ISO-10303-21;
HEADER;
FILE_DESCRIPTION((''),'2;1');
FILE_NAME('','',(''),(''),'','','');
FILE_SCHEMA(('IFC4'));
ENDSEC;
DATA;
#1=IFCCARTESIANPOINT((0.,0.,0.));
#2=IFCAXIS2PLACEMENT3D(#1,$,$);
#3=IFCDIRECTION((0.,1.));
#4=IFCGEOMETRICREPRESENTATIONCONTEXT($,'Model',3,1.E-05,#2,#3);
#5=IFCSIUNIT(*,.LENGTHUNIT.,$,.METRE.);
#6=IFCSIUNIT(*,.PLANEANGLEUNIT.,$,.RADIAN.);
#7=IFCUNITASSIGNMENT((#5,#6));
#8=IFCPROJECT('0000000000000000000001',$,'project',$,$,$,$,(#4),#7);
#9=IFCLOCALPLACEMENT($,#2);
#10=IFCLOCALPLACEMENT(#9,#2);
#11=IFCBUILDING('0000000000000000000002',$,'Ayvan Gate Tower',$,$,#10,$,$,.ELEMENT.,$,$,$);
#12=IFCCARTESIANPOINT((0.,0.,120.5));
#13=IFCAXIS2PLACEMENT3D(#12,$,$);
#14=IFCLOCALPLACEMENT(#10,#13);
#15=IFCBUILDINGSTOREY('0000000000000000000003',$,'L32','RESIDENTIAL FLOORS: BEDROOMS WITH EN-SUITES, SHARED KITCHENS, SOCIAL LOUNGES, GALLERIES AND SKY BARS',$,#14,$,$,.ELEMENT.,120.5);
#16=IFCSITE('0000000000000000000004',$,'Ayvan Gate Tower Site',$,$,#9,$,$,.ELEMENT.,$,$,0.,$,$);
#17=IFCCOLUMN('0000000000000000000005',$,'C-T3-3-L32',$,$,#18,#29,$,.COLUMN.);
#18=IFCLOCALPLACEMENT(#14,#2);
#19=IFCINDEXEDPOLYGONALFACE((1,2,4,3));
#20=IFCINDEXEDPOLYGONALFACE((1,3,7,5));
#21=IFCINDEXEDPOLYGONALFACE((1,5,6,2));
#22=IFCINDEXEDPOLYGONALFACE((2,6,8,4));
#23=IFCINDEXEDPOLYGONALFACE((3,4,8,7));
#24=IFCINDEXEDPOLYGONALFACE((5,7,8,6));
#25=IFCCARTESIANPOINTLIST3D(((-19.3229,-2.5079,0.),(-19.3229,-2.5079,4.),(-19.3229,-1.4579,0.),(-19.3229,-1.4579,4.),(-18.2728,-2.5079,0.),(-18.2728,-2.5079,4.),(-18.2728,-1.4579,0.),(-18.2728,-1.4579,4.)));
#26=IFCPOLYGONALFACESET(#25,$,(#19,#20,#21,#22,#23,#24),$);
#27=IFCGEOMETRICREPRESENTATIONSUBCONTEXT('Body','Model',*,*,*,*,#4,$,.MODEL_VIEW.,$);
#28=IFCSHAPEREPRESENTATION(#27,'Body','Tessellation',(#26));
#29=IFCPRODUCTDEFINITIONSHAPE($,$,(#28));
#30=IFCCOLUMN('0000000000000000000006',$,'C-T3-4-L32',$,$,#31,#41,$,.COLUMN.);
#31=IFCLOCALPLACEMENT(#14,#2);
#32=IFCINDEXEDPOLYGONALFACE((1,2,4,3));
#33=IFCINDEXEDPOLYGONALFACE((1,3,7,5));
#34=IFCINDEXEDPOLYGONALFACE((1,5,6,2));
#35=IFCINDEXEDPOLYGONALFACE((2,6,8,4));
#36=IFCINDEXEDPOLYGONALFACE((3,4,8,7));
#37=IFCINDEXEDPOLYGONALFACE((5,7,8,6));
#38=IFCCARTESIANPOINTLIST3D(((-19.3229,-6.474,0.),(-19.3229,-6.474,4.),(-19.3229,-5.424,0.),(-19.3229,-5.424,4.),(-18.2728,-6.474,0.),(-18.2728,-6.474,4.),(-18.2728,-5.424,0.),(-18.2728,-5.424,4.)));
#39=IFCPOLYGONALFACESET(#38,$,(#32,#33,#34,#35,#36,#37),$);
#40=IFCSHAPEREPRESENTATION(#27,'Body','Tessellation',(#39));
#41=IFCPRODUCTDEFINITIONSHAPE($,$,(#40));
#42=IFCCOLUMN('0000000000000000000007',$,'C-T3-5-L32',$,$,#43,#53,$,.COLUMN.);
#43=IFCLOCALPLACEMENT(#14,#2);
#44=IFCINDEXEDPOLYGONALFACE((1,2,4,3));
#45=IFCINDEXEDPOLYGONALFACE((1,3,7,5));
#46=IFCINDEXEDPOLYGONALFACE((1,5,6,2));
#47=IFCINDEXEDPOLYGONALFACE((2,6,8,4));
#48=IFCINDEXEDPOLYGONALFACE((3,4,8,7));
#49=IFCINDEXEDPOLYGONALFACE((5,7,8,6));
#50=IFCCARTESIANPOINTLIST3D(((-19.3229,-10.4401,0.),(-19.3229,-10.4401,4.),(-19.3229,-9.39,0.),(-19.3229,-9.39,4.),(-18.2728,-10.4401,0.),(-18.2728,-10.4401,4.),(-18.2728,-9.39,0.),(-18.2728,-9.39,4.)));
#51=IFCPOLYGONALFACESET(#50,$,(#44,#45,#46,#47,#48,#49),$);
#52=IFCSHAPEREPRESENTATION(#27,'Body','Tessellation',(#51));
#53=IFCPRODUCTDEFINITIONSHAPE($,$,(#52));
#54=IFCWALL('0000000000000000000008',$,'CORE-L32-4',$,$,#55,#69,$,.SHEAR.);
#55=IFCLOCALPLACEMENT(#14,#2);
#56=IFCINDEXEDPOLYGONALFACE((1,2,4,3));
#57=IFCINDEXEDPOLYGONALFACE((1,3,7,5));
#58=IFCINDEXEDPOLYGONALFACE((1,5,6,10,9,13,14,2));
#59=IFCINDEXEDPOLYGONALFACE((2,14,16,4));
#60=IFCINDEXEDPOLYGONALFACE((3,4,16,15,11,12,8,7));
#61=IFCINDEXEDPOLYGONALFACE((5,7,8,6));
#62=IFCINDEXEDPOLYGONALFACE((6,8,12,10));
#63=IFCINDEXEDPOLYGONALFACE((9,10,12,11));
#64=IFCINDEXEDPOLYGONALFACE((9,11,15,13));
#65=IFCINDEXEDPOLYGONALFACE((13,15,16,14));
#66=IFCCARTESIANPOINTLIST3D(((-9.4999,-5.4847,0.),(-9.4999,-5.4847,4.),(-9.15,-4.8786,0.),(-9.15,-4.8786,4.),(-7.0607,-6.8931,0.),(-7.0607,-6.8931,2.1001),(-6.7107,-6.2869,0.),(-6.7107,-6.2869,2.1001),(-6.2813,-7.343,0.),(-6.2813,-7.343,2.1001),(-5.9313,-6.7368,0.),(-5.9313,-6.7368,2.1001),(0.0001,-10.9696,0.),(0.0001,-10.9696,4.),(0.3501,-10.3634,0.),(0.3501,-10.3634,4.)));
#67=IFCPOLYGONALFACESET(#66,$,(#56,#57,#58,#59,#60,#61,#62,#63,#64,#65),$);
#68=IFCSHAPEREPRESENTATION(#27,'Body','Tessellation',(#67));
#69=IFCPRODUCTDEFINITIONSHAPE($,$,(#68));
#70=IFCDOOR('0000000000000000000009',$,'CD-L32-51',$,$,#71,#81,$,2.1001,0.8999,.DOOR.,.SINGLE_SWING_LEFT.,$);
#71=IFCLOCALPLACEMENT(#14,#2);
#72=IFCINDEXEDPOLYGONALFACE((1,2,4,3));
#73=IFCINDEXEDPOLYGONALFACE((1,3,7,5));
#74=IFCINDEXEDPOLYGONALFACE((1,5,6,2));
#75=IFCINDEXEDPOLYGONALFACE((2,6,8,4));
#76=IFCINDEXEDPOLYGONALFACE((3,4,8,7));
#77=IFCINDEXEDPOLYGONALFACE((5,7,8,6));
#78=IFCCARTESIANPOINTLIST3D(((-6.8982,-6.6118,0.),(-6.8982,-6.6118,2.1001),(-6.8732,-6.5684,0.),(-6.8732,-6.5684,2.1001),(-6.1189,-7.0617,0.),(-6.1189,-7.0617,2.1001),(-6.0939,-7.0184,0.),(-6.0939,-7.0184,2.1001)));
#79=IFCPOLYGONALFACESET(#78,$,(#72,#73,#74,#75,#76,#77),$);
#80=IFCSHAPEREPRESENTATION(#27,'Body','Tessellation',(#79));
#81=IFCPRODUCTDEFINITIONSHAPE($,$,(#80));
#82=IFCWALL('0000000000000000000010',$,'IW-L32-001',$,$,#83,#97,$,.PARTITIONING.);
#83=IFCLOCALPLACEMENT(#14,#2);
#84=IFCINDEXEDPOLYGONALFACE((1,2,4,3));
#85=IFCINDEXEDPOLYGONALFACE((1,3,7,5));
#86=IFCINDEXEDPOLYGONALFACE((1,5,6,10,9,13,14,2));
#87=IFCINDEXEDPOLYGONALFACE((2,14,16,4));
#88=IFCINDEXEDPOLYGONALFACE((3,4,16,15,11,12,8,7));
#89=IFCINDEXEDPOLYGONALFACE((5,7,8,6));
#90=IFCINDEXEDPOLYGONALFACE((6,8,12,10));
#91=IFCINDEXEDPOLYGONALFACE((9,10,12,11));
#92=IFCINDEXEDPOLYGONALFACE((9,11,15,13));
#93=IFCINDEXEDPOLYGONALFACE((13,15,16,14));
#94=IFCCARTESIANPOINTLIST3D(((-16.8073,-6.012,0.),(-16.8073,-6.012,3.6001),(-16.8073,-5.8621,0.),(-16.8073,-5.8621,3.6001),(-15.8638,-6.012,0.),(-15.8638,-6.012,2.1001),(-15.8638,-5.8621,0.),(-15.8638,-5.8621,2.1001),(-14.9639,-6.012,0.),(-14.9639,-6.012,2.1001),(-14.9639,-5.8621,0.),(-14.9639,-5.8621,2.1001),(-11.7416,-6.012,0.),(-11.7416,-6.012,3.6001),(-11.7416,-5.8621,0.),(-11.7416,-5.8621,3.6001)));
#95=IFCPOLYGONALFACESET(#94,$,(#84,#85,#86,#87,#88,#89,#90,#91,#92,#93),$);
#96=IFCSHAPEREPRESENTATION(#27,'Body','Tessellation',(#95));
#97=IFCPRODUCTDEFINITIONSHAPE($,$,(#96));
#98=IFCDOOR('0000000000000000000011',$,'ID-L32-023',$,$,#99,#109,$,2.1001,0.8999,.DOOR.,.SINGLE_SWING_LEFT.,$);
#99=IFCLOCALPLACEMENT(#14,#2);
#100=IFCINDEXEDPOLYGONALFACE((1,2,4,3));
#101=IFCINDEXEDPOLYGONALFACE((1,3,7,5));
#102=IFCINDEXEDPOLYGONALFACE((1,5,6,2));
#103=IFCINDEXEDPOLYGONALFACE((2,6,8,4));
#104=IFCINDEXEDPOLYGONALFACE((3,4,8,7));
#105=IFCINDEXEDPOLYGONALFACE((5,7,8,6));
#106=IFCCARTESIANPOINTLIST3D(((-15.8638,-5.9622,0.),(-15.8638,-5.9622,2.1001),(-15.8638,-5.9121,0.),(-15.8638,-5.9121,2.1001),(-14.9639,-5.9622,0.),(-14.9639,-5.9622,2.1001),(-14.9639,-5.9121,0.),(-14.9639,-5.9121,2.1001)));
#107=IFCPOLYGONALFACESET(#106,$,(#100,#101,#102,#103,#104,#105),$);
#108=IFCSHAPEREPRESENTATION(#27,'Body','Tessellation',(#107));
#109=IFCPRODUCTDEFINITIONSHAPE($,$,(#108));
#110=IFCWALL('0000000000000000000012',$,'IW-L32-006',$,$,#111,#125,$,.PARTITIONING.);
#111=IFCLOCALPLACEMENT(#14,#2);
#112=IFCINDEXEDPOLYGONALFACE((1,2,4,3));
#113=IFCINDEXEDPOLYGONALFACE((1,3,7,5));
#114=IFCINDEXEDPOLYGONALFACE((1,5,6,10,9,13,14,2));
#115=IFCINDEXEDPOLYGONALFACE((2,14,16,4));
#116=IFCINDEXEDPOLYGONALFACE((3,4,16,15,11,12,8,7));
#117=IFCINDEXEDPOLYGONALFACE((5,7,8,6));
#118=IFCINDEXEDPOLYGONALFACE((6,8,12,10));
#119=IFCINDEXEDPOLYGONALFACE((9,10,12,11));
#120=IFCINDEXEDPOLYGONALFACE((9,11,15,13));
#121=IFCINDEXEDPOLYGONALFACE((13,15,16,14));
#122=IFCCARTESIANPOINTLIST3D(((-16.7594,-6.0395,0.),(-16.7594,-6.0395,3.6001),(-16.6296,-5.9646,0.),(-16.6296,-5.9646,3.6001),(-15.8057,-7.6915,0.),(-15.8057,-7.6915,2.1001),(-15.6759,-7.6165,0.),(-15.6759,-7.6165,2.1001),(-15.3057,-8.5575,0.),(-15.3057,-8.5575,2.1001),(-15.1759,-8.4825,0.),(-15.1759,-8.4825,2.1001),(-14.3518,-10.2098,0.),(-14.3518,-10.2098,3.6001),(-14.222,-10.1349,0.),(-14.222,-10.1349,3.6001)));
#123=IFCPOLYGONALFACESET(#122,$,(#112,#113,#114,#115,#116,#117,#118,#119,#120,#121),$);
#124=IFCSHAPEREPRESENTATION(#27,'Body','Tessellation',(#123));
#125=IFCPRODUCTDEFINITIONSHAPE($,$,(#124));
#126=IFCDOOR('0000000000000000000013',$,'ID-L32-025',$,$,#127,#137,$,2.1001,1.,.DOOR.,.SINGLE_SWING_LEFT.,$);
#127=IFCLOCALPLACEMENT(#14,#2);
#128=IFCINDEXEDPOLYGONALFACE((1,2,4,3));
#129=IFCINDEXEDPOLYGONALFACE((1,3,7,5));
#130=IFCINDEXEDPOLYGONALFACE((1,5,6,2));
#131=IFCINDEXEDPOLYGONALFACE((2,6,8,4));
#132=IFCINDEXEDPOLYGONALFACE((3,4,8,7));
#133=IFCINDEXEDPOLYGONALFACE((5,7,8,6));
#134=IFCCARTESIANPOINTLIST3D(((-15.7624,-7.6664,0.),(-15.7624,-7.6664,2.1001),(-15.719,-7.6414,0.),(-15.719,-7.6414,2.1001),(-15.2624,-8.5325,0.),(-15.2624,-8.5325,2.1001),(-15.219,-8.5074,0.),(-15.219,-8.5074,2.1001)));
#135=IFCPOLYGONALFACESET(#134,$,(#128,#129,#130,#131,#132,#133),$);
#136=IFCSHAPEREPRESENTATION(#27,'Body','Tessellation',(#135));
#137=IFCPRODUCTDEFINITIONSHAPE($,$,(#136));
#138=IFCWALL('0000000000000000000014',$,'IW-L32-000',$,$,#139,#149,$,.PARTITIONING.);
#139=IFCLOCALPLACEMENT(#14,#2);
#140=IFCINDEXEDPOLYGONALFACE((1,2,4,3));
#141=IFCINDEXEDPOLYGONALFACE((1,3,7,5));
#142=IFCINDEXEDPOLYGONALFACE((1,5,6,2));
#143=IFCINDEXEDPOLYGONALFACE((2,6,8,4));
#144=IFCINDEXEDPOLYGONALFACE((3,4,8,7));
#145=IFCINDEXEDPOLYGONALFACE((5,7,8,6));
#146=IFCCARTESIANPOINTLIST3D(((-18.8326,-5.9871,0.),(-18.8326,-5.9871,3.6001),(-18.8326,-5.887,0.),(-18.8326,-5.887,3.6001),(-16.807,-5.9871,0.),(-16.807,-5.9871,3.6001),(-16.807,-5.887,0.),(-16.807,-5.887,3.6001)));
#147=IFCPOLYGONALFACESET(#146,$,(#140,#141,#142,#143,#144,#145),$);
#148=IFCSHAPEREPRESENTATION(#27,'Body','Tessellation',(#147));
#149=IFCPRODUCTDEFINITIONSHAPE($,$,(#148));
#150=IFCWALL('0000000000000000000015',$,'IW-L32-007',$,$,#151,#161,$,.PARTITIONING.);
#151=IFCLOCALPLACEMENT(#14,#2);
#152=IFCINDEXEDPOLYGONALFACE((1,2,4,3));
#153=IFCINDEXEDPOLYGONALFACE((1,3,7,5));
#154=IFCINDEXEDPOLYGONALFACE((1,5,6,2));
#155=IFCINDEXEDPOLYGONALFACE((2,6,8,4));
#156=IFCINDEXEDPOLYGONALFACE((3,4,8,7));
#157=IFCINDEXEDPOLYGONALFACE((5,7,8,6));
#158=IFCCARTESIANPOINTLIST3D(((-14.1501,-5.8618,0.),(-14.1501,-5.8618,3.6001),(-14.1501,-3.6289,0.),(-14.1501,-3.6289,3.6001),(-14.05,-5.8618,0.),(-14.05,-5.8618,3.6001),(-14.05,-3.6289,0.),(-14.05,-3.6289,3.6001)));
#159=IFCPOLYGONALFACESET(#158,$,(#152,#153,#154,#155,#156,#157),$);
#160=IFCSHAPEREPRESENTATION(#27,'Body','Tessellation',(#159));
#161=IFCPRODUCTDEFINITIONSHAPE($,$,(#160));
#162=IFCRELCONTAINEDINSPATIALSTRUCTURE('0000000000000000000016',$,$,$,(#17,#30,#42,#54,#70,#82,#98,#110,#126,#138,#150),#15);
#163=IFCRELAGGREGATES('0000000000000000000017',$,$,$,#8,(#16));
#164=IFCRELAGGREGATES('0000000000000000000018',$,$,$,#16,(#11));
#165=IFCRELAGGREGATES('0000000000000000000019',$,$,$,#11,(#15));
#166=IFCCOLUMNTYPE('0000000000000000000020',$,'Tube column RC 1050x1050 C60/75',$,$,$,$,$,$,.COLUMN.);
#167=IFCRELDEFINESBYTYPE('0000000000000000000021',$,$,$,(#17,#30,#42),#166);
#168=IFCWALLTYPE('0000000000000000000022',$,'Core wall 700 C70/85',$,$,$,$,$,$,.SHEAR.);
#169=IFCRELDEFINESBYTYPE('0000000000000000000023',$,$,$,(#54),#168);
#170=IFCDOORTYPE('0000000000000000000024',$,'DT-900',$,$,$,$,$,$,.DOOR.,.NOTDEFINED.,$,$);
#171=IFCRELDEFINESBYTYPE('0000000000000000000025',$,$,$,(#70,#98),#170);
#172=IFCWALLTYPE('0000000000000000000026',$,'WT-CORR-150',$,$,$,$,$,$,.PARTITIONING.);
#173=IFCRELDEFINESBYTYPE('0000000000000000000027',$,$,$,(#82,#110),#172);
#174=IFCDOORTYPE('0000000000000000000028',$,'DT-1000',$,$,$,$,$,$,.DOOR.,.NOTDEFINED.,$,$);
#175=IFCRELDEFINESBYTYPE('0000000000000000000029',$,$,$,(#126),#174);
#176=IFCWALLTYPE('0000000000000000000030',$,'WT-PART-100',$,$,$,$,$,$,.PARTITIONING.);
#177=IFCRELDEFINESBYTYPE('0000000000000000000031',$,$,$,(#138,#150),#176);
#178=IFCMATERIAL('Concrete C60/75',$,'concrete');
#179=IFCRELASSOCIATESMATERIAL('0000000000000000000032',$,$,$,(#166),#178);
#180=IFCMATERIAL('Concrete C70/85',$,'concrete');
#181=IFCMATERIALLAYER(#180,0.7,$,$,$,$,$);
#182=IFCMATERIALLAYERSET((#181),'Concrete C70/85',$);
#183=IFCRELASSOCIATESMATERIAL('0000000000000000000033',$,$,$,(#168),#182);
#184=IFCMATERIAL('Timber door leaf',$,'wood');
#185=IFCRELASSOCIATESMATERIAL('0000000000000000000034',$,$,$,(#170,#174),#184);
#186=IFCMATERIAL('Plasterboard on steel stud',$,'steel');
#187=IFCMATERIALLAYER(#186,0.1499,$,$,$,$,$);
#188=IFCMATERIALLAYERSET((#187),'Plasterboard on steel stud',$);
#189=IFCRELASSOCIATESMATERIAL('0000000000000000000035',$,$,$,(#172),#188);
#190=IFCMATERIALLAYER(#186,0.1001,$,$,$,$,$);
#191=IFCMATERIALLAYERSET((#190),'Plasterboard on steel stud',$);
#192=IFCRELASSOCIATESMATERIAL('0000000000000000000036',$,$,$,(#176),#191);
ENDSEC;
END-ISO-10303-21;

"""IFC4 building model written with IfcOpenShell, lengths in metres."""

from ifc_helpers import new_model, si_unit, direction, frame, frame_2d, origin, origin_2d, place, context, subcontext, project, spatial, rectangle, extrude, material, layer, layer_set, material_profile, profile_set, type_object, element, fill, save


model = new_model("IFC4")

# Units and contexts
model_context = context("Model", 3, precision=1e-05, world=origin(), true_north=direction((0.0, 1.0)))
body_context = subcontext(model_context, "Body", "Model", "MODEL_VIEW")
ifc_project = project(units=[si_unit("LENGTHUNIT", "METRE"), si_unit("PLANEANGLEUNIT", "RADIAN")], contexts=[model_context])

# Site, building, storey
site_placement = place(None, origin())
site = spatial("IfcSite", under=ifc_project, at=site_placement, Name="Ayvan Gate Tower Site", CompositionType="ELEMENT", RefElevation=0.0)
building_placement = place(site_placement, origin())
building = spatial("IfcBuilding", under=site, at=building_placement, Name="Ayvan Gate Tower", CompositionType="ELEMENT")
storey_placement = place(building_placement, frame((0.0, 0.0, 120.5)))
storey = spatial("IfcBuildingStorey", under=building, at=storey_placement, Name="L32", Description="RESIDENTIAL FLOORS: BEDROOMS WITH EN-SUITES, SHARED KITCHENS, SOCIAL LOUNGES, GALLERIES AND SKY BARS", CompositionType="ELEMENT", Elevation=120.5)

# Columns
ifc_material_1 = material(Name="Concrete C60/75", Category="concrete")
ifc_material_profile = material_profile(ifc_material_1, rectangle(XDim=1.05, YDim=1.05, at=origin_2d()), Name="RC 1050x1050")
ifc_profile_set = profile_set([ifc_material_profile], Name="Concrete C60/75")
column_type = type_object("IfcColumnType", Name="Tube column RC 1050x1050 C60/75", PredefinedType="COLUMN", material=ifc_profile_set)
for number, where, z_axis, x_axis, name in (
    (1, (-18.7979, -1.9829, 0.0), (0.0, 0.0, 1.0), (-1.0, 0.0, 0.0), "C-T3-3-L32"),
    (2, (-18.7979, -5.949, 0.0), (0.0, 0.0, 1.0), (-1.0, 0.0, 0.0), "C-T3-4-L32"),
    (3, (-18.7979, -9.915, 0.0), (0.0, 0.0, 1.0), (-1.0, 0.0, 0.0), "C-T3-5-L32"),
):
    element("IfcColumn", number, at=place(storey_placement, frame(where, z_axis=z_axis, x_axis=x_axis)), inside=storey, type_object=column_type, Name=name, PredefinedType="COLUMN", context=body_context, shape_type="SweptSolid", body=[
        extrude(rectangle(XDim=1.05, YDim=1.05, at=origin_2d()), origin(), (0.0, 0.0, 1.0), 4.0),
    ])

# Walls, openings, doors
ifc_material_2 = material(Name="Concrete C70/85", Category="concrete")
ifc_layer_1 = layer(ifc_material_2, 0.7)
ifc_layer_set_1 = layer_set([ifc_layer_1], Name="Concrete C70/85")
wall_type_1 = type_object("IfcWallType", Name="Core wall 700 C70/85", PredefinedType="SHEAR", material=ifc_layer_set_1)
wall_1_placement = place(storey_placement, frame((-9.325, -5.1816, 0.0), z_axis=(0.0, 0.0, 1.0), x_axis=(0.866024, -0.500002, 0.0)))
wall_1 = element("IfcWall", 4, at=wall_1_placement, inside=storey, type_object=wall_type_1, Name="CORE-L32-4", PredefinedType="SHEAR", context=body_context, shape_type="SweptSolid", body=[
    extrude(rectangle(XDim=10.9697, YDim=0.7, at=frame_2d((5.4849, 0.0))), origin(), (0.0, 0.0, 1.0), 4.0),
])
opening_1_placement = place(wall_1_placement, frame((2.8167, 0.0, 0.0)))
opening_1 = element("IfcOpeningElement", 5, at=opening_1_placement, cuts=wall_1, PredefinedType="OPENING", context=body_context, shape_type="SweptSolid", body=[
    extrude(rectangle(XDim=0.8999, YDim=2.1001, at=frame_2d((0.45, 1.05))), frame((0.0, 0.3599, 0.0), z_axis=(0.0, -1.0, 0.0), x_axis=(1.0, 0.0, 0.0)), (0.0, 0.0, 1.0), 0.72),
])
ifc_material_3 = material(Name="Timber door leaf", Category="wood")
door_type_1 = type_object("IfcDoorType", Name="DT-900", OperationType="NOTDEFINED", PredefinedType="DOOR", material=ifc_material_3)
door_1_placement = place(opening_1_placement, origin())
door_1 = element("IfcDoor", 6, at=door_1_placement, inside=storey, type_object=door_type_1, Name="CD-L32-51", OperationType="SINGLE_SWING_LEFT", OverallHeight=2.1001, OverallWidth=0.8999, PredefinedType="DOOR", context=body_context, shape_type="SweptSolid", body=[
    extrude(rectangle(XDim=0.8999, YDim=2.1001, at=frame_2d((0.45, 1.05))), frame((0.0, 0.0249, 0.0), z_axis=(0.0, -1.0, 0.0), x_axis=(1.0, 0.0, 0.0)), (0.0, 0.0, 1.0), 0.05),
])
fill(opening_1, door_1)
ifc_material_4 = material(Name="Plasterboard on steel stud", Category="steel")
ifc_layer_2 = layer(ifc_material_4, 0.1499)
ifc_layer_set_2 = layer_set([ifc_layer_2], Name="Plasterboard on steel stud")
wall_type_2 = type_object("IfcWallType", Name="WT-CORR-150", PredefinedType="PARTITIONING", material=ifc_layer_set_2)
wall_2_placement = place(storey_placement, frame((-16.8071, -5.937, 0.0), z_axis=(0.0, 0.0, 1.0), x_axis=(1.0, 0.0, 0.0)))
wall_2 = element("IfcWall", 7, at=wall_2_placement, inside=storey, type_object=wall_type_2, Name="IW-L32-001", PredefinedType="PARTITIONING", context=body_context, shape_type="SweptSolid", body=[
    extrude(rectangle(XDim=5.0657, YDim=0.1499, at=frame_2d((2.5327, 0.0))), origin(), (0.0, 0.0, 1.0), 3.6001),
])
opening_2_placement = place(wall_2_placement, frame((0.9434, 0.0, 0.0)))
opening_2 = element("IfcOpeningElement", 8, at=opening_2_placement, cuts=wall_2, PredefinedType="OPENING", context=body_context, shape_type="SweptSolid", body=[
    extrude(rectangle(XDim=0.8999, YDim=2.1001, at=frame_2d((0.45, 1.05))), frame((0.0, 0.085, 0.0), z_axis=(0.0, -1.0, 0.0), x_axis=(1.0, 0.0, 0.0)), (0.0, 0.0, 1.0), 0.1699),
])
door_2_placement = place(opening_2_placement, origin())
door_2 = element("IfcDoor", 9, at=door_2_placement, inside=storey, type_object=door_type_1, Name="ID-L32-023", OperationType="SINGLE_SWING_LEFT", OverallHeight=2.1001, OverallWidth=0.8999, PredefinedType="DOOR", context=body_context, shape_type="SweptSolid", body=[
    extrude(rectangle(XDim=0.8999, YDim=2.1001, at=frame_2d((0.45, 1.05))), frame((0.0, 0.0249, 0.0), z_axis=(0.0, -1.0, 0.0), x_axis=(1.0, 0.0, 0.0)), (0.0, 0.0, 1.0), 0.05),
])
fill(opening_2, door_2)
wall_3_placement = place(storey_placement, frame((-14.2869, -10.1724, 0.0), z_axis=(0.0, 0.0, 1.0), x_axis=(-0.499989, 0.866032, 0.0)))
wall_3 = element("IfcWall", 10, at=wall_3_placement, inside=storey, type_object=wall_type_2, Name="IW-L32-006", PredefinedType="PARTITIONING", context=body_context, shape_type="SweptSolid", body=[
    extrude(rectangle(XDim=4.8154, YDim=0.1499, at=frame_2d((2.4077, 0.0))), origin(), (0.0, 0.0, 1.0), 3.6001),
])
opening_3_placement = place(wall_3_placement, frame((1.908, 0.0, 0.0)))
opening_3 = element("IfcOpeningElement", 11, at=opening_3_placement, cuts=wall_3, PredefinedType="OPENING", context=body_context, shape_type="SweptSolid", body=[
    extrude(rectangle(XDim=1.0, YDim=2.1001, at=frame_2d((0.5, 1.05))), frame((0.0, 0.085, 0.0), z_axis=(0.0, -1.0, 0.0), x_axis=(1.0, 0.0, 0.0)), (0.0, 0.0, 1.0), 0.1699),
])
door_type_2 = type_object("IfcDoorType", Name="DT-1000", OperationType="NOTDEFINED", PredefinedType="DOOR", material=ifc_material_3)
door_3_placement = place(opening_3_placement, origin())
door_3 = element("IfcDoor", 12, at=door_3_placement, inside=storey, type_object=door_type_2, Name="ID-L32-025", OperationType="SINGLE_SWING_LEFT", OverallHeight=2.1001, OverallWidth=1.0, PredefinedType="DOOR", context=body_context, shape_type="SweptSolid", body=[
    extrude(rectangle(XDim=1.0, YDim=2.1001, at=frame_2d((0.5, 1.05))), frame((0.0, 0.0249, 0.0), z_axis=(0.0, -1.0, 0.0), x_axis=(1.0, 0.0, 0.0)), (0.0, 0.0, 1.0), 0.05),
])
fill(opening_3, door_3)

# Walls
ifc_layer_3 = layer(ifc_material_4, 0.1001)
ifc_layer_set_3 = layer_set([ifc_layer_3], Name="Plasterboard on steel stud")
wall_type_3 = type_object("IfcWallType", Name="WT-PART-100", PredefinedType="PARTITIONING", material=ifc_layer_set_3)
wall_4_placement = place(storey_placement, frame((-16.8071, -5.937, 0.0), z_axis=(0.0, 0.0, 1.0), x_axis=(-1.0, 0.0, 0.0)))
element("IfcWall", 13, at=wall_4_placement, inside=storey, type_object=wall_type_3, Name="IW-L32-000", PredefinedType="PARTITIONING", context=body_context, shape_type="SweptSolid", body=[
    extrude(rectangle(XDim=2.0256, YDim=0.1001, at=frame_2d((1.0127, 0.0))), origin(), (0.0, 0.0, 1.0), 3.6001),
])
wall_5_placement = place(storey_placement, frame((-14.1001, -3.6289, 0.0), z_axis=(0.0, 0.0, 1.0), x_axis=(0.0, -1.0, 0.0)))
element("IfcWall", 14, at=wall_5_placement, inside=storey, type_object=wall_type_3, Name="IW-L32-007", PredefinedType="PARTITIONING", context=body_context, shape_type="SweptSolid", body=[
    extrude(rectangle(XDim=2.2329, YDim=0.1001, at=frame_2d((1.1165, 0.0))), origin(), (0.0, 0.0, 1.0), 3.6001),
])

save(model, "model.ifc")
